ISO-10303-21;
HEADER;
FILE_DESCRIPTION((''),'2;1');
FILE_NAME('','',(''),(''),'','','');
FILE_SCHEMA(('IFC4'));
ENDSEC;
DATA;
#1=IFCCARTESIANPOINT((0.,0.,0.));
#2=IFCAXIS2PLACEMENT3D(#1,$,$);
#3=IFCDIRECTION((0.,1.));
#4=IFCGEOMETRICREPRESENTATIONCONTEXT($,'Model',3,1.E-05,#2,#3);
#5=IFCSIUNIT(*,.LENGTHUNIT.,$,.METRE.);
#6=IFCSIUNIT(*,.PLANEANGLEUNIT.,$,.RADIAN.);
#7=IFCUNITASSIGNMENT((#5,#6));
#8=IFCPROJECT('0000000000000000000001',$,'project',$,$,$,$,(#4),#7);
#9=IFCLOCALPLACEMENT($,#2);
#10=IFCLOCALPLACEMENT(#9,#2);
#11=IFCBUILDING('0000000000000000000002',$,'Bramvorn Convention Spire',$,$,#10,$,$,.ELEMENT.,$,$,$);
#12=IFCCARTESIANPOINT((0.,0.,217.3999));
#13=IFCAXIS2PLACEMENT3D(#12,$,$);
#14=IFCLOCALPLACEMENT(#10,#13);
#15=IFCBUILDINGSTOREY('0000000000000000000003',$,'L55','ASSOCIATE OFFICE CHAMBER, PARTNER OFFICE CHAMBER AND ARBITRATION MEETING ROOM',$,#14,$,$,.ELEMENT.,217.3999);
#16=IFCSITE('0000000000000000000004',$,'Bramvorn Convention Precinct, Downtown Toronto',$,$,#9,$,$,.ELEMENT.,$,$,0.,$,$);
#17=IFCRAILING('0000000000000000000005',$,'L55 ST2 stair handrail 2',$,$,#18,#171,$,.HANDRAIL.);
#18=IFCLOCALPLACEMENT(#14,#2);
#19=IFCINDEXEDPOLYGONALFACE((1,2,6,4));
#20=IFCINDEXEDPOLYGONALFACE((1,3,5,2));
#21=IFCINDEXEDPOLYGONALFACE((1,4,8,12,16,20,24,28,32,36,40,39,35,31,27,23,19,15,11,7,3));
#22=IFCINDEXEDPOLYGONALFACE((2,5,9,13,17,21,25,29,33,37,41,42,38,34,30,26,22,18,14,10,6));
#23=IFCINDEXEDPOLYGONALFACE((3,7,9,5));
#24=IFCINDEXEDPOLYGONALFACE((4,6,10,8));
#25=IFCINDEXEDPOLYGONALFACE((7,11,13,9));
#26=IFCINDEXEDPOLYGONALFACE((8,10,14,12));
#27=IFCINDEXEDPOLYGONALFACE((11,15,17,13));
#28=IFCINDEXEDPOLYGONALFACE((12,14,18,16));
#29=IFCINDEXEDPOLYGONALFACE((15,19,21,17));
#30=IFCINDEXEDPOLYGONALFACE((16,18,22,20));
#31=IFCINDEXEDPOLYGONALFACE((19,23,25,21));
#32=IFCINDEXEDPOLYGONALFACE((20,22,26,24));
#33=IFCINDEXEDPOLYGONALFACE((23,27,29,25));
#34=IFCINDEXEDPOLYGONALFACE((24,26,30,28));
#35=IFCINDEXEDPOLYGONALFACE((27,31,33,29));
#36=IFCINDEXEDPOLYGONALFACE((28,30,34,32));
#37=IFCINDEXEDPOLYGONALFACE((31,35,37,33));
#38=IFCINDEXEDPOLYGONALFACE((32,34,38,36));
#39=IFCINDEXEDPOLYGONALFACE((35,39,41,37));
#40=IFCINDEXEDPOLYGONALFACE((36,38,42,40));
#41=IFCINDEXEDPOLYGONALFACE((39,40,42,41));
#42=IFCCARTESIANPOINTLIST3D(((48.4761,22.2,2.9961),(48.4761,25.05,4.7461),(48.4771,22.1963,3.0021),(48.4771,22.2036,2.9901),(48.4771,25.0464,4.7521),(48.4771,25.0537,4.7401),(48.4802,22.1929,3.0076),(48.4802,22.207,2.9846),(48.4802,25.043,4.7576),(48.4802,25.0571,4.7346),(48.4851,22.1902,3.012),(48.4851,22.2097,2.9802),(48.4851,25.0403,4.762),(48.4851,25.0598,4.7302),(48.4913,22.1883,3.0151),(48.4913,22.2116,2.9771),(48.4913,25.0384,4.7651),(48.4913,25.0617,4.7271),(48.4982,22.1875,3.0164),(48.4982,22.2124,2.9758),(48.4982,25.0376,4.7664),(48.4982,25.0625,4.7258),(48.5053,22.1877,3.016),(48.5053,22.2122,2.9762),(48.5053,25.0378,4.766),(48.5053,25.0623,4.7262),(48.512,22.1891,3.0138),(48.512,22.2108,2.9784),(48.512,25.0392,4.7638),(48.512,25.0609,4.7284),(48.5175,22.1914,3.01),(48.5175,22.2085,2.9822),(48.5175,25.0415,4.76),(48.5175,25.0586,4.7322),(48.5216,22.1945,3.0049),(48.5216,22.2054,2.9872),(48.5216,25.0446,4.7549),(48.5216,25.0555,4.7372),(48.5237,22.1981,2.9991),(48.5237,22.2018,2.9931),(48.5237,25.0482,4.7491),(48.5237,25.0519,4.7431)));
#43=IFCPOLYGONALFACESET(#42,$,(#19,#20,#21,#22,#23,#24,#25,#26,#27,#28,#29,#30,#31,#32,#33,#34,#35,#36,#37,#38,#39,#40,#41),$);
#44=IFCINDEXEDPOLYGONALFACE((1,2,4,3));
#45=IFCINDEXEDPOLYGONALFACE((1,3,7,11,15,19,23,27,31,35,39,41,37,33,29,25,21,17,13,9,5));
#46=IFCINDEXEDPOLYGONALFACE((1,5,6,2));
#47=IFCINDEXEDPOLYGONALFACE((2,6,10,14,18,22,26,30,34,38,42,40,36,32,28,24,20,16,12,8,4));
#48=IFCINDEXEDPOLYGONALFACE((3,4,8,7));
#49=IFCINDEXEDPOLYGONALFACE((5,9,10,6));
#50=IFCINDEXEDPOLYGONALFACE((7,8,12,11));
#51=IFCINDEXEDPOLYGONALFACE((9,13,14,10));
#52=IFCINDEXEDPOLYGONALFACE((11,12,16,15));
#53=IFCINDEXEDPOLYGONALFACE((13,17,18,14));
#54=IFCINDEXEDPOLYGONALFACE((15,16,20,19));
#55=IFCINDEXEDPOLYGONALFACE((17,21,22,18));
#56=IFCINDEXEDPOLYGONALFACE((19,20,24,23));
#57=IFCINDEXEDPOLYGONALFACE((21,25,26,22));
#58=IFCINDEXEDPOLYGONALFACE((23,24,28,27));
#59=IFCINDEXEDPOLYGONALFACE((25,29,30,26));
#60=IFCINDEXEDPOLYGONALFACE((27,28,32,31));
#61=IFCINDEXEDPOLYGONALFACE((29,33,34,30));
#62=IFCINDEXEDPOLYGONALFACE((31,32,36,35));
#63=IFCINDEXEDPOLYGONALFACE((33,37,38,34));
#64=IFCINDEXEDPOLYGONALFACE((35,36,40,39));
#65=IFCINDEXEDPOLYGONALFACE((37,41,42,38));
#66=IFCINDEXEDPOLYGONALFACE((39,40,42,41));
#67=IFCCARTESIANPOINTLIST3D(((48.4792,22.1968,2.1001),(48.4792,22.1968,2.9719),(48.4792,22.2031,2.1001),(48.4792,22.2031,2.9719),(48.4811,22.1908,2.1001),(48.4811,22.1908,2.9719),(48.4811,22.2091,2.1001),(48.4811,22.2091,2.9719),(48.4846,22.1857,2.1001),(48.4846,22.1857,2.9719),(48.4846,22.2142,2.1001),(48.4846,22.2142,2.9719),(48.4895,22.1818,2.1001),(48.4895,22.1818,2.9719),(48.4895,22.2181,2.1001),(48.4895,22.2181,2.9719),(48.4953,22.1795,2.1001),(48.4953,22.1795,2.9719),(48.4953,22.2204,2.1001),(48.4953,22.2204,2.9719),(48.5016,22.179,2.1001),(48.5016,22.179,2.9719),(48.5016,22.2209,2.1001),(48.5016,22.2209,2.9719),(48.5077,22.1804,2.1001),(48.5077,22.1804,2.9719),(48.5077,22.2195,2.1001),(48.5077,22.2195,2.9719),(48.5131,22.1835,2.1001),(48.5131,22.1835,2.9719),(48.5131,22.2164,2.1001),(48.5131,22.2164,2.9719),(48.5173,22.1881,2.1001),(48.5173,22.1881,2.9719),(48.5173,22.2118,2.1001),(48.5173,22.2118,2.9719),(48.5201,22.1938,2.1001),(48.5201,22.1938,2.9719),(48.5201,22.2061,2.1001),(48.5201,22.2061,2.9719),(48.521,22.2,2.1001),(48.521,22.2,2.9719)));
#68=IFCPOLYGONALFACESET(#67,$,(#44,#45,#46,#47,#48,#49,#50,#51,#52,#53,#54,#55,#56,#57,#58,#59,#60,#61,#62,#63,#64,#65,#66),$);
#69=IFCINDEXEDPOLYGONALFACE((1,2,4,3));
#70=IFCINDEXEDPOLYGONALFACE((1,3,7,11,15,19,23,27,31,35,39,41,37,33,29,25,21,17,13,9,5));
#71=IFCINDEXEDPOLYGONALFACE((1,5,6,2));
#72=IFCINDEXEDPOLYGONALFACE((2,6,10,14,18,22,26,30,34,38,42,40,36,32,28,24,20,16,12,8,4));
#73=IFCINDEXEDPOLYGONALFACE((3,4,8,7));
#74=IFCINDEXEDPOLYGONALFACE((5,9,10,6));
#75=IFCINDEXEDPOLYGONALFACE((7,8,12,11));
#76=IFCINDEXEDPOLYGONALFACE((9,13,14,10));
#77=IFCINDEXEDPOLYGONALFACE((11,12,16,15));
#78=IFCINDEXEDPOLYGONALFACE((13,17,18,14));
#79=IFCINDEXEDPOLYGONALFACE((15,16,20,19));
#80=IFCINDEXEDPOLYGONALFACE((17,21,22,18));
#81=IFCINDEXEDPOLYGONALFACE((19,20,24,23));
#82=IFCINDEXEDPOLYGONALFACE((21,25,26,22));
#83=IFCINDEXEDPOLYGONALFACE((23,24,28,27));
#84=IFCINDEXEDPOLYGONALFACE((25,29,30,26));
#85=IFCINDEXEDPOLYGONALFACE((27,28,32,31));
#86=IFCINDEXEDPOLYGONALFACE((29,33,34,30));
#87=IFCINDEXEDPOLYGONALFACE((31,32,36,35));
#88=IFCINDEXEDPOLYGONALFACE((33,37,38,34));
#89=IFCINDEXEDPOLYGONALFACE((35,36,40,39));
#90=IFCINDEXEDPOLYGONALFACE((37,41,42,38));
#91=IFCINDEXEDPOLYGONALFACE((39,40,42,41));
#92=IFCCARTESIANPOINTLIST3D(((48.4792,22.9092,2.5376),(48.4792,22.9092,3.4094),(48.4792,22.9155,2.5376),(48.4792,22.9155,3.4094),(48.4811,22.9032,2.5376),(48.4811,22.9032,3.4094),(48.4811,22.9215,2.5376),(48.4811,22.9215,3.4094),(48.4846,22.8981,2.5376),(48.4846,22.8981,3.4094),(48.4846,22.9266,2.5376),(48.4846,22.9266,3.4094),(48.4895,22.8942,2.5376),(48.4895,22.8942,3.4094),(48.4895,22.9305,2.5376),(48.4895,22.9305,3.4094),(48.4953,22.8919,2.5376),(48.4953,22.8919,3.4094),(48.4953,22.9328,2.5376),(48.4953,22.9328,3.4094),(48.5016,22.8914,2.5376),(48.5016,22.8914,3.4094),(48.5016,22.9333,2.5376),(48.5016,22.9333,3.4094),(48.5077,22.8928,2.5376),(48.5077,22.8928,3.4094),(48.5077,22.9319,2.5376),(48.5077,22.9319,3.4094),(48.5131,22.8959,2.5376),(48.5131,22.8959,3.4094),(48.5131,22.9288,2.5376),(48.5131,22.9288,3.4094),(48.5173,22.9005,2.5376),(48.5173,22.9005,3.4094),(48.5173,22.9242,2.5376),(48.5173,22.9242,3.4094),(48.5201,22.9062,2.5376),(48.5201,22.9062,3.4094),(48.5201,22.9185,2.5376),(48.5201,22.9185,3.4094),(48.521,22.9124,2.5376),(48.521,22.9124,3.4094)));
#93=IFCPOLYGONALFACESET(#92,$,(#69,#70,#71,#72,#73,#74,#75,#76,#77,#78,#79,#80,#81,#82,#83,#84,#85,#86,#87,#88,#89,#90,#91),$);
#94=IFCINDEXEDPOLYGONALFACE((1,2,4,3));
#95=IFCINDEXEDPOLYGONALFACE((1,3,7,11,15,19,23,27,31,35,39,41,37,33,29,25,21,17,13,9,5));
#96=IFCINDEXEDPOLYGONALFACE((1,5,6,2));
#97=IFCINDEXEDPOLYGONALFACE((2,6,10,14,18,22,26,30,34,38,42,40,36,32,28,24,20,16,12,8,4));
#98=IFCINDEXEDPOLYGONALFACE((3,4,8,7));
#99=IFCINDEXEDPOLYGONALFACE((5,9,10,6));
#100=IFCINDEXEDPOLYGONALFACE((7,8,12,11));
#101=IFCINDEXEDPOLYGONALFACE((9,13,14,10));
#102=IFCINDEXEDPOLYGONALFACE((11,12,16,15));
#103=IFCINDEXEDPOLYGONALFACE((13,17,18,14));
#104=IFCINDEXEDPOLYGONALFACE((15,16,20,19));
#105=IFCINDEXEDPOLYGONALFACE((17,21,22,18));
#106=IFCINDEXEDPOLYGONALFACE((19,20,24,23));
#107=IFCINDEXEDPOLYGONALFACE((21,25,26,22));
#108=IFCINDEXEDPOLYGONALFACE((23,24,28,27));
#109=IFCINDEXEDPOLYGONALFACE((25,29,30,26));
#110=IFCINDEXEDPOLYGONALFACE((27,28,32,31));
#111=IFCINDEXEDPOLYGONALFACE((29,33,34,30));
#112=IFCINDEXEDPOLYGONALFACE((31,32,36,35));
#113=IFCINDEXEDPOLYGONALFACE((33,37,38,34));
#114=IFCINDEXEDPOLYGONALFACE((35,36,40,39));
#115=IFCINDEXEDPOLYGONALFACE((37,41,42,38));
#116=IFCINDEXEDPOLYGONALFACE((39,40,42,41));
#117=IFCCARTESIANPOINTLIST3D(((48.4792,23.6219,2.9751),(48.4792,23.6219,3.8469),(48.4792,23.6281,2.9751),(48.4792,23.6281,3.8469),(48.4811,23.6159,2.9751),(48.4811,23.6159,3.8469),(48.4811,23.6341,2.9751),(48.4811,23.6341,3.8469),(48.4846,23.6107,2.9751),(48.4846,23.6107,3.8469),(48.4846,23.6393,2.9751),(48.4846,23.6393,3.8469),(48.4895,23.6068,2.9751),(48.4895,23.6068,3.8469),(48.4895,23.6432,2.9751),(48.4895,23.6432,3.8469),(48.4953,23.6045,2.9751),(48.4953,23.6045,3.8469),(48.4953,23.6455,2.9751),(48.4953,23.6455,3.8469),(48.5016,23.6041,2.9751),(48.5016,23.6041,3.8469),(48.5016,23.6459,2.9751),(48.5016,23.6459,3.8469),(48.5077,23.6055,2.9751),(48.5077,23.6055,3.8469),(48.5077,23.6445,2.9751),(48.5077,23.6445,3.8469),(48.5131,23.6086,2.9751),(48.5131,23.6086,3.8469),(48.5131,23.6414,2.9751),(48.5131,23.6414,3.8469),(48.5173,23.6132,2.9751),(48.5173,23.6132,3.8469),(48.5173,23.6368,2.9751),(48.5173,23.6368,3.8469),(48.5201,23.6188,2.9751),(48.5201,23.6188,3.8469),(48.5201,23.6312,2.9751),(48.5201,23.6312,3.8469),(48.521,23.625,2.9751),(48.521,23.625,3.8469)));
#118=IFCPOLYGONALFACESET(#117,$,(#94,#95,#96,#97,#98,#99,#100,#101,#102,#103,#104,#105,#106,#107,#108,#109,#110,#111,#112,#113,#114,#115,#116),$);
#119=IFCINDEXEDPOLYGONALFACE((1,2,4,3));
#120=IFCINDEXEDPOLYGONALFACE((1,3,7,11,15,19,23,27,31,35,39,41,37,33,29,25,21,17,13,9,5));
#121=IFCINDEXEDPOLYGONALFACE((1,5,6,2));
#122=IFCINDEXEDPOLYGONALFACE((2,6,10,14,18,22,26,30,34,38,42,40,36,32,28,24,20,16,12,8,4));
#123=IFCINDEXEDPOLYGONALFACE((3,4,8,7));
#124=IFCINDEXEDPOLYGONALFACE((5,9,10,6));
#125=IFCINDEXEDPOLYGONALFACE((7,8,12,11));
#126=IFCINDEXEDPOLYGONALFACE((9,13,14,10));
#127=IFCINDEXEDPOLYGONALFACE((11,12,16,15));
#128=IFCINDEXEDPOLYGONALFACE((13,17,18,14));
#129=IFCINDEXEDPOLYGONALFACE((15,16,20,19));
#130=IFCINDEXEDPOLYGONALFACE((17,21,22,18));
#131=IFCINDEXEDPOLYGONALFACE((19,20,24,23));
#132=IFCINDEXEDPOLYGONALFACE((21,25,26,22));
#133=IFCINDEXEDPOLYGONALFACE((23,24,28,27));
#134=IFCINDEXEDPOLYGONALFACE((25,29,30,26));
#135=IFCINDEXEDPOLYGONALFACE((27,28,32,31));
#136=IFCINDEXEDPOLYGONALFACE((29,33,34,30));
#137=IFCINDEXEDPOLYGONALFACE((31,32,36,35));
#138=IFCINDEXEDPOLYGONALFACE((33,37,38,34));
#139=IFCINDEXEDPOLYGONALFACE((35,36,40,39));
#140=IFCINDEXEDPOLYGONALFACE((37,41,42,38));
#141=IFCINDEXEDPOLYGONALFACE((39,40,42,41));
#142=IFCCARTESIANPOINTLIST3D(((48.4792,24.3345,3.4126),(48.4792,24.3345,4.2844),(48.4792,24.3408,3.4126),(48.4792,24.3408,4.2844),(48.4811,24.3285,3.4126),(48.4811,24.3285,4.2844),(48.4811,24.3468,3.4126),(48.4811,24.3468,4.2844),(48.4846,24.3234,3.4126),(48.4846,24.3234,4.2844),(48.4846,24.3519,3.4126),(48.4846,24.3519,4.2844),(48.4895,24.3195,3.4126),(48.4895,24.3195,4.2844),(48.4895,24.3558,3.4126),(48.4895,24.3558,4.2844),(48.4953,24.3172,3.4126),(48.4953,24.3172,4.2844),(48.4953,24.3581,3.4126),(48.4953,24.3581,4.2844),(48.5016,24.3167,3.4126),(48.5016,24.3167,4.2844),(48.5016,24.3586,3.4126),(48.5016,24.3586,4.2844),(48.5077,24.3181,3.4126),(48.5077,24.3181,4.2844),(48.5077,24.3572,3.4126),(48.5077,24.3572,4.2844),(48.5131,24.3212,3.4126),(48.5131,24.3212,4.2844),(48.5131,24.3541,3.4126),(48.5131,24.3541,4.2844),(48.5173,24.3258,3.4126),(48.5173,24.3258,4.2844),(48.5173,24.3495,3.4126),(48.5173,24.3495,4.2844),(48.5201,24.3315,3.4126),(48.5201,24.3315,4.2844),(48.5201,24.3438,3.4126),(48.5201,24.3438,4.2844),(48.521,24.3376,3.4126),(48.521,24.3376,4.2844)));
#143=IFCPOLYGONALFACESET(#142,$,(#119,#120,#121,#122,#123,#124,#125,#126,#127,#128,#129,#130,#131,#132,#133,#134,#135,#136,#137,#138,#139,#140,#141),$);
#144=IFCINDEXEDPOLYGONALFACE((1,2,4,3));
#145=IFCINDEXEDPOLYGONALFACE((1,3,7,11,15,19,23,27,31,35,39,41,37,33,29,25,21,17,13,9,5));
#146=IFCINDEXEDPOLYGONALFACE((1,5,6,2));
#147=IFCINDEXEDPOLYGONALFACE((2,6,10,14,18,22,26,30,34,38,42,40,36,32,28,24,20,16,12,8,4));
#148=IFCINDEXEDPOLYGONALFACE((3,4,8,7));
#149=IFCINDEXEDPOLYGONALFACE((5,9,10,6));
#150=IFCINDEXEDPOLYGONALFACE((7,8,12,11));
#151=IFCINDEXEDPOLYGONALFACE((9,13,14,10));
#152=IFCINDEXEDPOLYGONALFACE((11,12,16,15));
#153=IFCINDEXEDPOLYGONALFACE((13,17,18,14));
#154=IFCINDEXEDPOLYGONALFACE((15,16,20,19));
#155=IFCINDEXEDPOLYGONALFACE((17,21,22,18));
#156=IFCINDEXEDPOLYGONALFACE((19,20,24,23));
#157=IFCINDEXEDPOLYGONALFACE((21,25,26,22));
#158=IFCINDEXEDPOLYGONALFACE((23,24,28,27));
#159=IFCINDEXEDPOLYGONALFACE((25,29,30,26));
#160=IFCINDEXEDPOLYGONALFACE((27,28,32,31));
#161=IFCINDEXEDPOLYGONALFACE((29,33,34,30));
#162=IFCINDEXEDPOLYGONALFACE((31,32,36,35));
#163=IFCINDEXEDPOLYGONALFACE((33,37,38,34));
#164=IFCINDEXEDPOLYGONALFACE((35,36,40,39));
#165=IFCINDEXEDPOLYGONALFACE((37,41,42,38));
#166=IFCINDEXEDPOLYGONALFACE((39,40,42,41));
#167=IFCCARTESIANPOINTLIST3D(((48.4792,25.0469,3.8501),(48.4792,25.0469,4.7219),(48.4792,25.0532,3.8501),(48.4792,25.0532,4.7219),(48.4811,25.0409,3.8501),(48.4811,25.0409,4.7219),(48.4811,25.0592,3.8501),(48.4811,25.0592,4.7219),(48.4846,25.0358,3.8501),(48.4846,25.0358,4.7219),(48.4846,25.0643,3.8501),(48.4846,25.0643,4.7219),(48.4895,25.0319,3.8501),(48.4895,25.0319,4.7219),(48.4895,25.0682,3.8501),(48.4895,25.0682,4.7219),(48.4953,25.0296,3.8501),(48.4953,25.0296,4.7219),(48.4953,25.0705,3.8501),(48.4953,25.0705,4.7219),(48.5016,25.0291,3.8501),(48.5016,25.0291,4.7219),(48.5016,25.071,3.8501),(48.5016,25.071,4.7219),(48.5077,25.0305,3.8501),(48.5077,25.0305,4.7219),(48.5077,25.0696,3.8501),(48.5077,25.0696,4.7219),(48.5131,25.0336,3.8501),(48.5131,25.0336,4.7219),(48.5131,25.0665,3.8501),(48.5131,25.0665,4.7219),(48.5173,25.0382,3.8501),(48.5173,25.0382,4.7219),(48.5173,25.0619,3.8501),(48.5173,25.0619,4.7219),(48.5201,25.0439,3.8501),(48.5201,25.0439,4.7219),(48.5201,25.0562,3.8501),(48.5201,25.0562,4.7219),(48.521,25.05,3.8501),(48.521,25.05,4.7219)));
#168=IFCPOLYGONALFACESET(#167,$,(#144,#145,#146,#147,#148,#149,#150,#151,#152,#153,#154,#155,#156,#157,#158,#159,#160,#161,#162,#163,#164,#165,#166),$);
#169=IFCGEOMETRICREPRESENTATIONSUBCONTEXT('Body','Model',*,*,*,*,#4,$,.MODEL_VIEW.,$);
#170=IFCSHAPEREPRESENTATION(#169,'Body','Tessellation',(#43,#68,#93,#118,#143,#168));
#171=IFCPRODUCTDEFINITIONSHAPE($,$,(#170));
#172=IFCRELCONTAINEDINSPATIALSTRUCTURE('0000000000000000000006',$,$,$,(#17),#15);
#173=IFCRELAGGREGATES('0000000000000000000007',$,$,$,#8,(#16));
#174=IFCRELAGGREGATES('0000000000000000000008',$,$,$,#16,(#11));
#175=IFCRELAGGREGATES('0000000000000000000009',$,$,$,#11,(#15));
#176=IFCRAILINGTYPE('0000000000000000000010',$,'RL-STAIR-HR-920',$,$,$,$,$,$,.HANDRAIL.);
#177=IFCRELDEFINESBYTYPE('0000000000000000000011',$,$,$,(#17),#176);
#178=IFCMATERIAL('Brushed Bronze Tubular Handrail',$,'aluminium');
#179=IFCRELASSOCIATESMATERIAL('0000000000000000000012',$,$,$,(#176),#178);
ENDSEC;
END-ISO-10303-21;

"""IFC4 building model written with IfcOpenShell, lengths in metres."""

from ifc_helpers import new_model, si_unit, direction, frame, origin, origin_2d, place, context, subcontext, project, spatial, circle, extrude, material, type_object, element, save


model = new_model("IFC4")

# Units and contexts
model_context = context("Model", 3, precision=1e-05, world=origin(), true_north=direction((0.0, 1.0)))
body_context = subcontext(model_context, "Body", "Model", "MODEL_VIEW")
ifc_project = project(units=[si_unit("LENGTHUNIT", "METRE"), si_unit("PLANEANGLEUNIT", "RADIAN")], contexts=[model_context])

# Site, building, storey
site_placement = place(None, origin())
site = spatial("IfcSite", under=ifc_project, at=site_placement, Name="Bramvorn Convention Precinct, Downtown Toronto", CompositionType="ELEMENT", RefElevation=0.0)
building_placement = place(site_placement, origin())
building = spatial("IfcBuilding", under=site, at=building_placement, Name="Bramvorn Convention Spire", CompositionType="ELEMENT")
storey_placement = place(building_placement, frame((0.0, 0.0, 217.3999)))
storey = spatial("IfcBuildingStorey", under=building, at=storey_placement, Name="L55", Description="ASSOCIATE OFFICE CHAMBER, PARTNER OFFICE CHAMBER AND ARBITRATION MEETING ROOM", CompositionType="ELEMENT", Elevation=217.3999)

# Railing
ifc_material_1 = material(Name="Brushed Bronze Tubular Handrail", Category="aluminium")
railing_type_1 = type_object("IfcRailingType", Name="RL-STAIR-HR-920", PredefinedType="HANDRAIL", material=ifc_material_1)
railing_1_placement = place(storey_placement, frame((48.5, 22.2, 2.1001)))
element("IfcRailing", 1, at=railing_1_placement, inside=storey, type_object=railing_type_1, Name="L55 ST2 stair handrail 2", PredefinedType="HANDRAIL", context=body_context, shape_type="SweptSolid", body=[
    extrude(circle(Radius=0.0239, at=origin_2d()), frame((0.0, 0.0, 0.896), z_axis=(0.0, 0.852179, 0.52325), x_axis=(-1.0, 0.0, 0.0)), (0.0, 0.0, 1.0), 3.3445),
    extrude(circle(Radius=0.021, at=origin_2d()), origin(), (0.0, 0.0, 1.0), 0.8718),
    extrude(circle(Radius=0.021, at=origin_2d()), frame((0.0, 0.7124, 0.4375)), (0.0, 0.0, 1.0), 0.8718),
    extrude(circle(Radius=0.021, at=origin_2d()), frame((0.0, 1.425, 0.875)), (0.0, 0.0, 1.0), 0.8718),
    extrude(circle(Radius=0.021, at=origin_2d()), frame((0.0, 2.1377, 1.3125)), (0.0, 0.0, 1.0), 0.8718),
    extrude(circle(Radius=0.021, at=origin_2d()), frame((0.0, 2.8501, 1.75)), (0.0, 0.0, 1.0), 0.8718),
])

save(model, "model.ifc")
